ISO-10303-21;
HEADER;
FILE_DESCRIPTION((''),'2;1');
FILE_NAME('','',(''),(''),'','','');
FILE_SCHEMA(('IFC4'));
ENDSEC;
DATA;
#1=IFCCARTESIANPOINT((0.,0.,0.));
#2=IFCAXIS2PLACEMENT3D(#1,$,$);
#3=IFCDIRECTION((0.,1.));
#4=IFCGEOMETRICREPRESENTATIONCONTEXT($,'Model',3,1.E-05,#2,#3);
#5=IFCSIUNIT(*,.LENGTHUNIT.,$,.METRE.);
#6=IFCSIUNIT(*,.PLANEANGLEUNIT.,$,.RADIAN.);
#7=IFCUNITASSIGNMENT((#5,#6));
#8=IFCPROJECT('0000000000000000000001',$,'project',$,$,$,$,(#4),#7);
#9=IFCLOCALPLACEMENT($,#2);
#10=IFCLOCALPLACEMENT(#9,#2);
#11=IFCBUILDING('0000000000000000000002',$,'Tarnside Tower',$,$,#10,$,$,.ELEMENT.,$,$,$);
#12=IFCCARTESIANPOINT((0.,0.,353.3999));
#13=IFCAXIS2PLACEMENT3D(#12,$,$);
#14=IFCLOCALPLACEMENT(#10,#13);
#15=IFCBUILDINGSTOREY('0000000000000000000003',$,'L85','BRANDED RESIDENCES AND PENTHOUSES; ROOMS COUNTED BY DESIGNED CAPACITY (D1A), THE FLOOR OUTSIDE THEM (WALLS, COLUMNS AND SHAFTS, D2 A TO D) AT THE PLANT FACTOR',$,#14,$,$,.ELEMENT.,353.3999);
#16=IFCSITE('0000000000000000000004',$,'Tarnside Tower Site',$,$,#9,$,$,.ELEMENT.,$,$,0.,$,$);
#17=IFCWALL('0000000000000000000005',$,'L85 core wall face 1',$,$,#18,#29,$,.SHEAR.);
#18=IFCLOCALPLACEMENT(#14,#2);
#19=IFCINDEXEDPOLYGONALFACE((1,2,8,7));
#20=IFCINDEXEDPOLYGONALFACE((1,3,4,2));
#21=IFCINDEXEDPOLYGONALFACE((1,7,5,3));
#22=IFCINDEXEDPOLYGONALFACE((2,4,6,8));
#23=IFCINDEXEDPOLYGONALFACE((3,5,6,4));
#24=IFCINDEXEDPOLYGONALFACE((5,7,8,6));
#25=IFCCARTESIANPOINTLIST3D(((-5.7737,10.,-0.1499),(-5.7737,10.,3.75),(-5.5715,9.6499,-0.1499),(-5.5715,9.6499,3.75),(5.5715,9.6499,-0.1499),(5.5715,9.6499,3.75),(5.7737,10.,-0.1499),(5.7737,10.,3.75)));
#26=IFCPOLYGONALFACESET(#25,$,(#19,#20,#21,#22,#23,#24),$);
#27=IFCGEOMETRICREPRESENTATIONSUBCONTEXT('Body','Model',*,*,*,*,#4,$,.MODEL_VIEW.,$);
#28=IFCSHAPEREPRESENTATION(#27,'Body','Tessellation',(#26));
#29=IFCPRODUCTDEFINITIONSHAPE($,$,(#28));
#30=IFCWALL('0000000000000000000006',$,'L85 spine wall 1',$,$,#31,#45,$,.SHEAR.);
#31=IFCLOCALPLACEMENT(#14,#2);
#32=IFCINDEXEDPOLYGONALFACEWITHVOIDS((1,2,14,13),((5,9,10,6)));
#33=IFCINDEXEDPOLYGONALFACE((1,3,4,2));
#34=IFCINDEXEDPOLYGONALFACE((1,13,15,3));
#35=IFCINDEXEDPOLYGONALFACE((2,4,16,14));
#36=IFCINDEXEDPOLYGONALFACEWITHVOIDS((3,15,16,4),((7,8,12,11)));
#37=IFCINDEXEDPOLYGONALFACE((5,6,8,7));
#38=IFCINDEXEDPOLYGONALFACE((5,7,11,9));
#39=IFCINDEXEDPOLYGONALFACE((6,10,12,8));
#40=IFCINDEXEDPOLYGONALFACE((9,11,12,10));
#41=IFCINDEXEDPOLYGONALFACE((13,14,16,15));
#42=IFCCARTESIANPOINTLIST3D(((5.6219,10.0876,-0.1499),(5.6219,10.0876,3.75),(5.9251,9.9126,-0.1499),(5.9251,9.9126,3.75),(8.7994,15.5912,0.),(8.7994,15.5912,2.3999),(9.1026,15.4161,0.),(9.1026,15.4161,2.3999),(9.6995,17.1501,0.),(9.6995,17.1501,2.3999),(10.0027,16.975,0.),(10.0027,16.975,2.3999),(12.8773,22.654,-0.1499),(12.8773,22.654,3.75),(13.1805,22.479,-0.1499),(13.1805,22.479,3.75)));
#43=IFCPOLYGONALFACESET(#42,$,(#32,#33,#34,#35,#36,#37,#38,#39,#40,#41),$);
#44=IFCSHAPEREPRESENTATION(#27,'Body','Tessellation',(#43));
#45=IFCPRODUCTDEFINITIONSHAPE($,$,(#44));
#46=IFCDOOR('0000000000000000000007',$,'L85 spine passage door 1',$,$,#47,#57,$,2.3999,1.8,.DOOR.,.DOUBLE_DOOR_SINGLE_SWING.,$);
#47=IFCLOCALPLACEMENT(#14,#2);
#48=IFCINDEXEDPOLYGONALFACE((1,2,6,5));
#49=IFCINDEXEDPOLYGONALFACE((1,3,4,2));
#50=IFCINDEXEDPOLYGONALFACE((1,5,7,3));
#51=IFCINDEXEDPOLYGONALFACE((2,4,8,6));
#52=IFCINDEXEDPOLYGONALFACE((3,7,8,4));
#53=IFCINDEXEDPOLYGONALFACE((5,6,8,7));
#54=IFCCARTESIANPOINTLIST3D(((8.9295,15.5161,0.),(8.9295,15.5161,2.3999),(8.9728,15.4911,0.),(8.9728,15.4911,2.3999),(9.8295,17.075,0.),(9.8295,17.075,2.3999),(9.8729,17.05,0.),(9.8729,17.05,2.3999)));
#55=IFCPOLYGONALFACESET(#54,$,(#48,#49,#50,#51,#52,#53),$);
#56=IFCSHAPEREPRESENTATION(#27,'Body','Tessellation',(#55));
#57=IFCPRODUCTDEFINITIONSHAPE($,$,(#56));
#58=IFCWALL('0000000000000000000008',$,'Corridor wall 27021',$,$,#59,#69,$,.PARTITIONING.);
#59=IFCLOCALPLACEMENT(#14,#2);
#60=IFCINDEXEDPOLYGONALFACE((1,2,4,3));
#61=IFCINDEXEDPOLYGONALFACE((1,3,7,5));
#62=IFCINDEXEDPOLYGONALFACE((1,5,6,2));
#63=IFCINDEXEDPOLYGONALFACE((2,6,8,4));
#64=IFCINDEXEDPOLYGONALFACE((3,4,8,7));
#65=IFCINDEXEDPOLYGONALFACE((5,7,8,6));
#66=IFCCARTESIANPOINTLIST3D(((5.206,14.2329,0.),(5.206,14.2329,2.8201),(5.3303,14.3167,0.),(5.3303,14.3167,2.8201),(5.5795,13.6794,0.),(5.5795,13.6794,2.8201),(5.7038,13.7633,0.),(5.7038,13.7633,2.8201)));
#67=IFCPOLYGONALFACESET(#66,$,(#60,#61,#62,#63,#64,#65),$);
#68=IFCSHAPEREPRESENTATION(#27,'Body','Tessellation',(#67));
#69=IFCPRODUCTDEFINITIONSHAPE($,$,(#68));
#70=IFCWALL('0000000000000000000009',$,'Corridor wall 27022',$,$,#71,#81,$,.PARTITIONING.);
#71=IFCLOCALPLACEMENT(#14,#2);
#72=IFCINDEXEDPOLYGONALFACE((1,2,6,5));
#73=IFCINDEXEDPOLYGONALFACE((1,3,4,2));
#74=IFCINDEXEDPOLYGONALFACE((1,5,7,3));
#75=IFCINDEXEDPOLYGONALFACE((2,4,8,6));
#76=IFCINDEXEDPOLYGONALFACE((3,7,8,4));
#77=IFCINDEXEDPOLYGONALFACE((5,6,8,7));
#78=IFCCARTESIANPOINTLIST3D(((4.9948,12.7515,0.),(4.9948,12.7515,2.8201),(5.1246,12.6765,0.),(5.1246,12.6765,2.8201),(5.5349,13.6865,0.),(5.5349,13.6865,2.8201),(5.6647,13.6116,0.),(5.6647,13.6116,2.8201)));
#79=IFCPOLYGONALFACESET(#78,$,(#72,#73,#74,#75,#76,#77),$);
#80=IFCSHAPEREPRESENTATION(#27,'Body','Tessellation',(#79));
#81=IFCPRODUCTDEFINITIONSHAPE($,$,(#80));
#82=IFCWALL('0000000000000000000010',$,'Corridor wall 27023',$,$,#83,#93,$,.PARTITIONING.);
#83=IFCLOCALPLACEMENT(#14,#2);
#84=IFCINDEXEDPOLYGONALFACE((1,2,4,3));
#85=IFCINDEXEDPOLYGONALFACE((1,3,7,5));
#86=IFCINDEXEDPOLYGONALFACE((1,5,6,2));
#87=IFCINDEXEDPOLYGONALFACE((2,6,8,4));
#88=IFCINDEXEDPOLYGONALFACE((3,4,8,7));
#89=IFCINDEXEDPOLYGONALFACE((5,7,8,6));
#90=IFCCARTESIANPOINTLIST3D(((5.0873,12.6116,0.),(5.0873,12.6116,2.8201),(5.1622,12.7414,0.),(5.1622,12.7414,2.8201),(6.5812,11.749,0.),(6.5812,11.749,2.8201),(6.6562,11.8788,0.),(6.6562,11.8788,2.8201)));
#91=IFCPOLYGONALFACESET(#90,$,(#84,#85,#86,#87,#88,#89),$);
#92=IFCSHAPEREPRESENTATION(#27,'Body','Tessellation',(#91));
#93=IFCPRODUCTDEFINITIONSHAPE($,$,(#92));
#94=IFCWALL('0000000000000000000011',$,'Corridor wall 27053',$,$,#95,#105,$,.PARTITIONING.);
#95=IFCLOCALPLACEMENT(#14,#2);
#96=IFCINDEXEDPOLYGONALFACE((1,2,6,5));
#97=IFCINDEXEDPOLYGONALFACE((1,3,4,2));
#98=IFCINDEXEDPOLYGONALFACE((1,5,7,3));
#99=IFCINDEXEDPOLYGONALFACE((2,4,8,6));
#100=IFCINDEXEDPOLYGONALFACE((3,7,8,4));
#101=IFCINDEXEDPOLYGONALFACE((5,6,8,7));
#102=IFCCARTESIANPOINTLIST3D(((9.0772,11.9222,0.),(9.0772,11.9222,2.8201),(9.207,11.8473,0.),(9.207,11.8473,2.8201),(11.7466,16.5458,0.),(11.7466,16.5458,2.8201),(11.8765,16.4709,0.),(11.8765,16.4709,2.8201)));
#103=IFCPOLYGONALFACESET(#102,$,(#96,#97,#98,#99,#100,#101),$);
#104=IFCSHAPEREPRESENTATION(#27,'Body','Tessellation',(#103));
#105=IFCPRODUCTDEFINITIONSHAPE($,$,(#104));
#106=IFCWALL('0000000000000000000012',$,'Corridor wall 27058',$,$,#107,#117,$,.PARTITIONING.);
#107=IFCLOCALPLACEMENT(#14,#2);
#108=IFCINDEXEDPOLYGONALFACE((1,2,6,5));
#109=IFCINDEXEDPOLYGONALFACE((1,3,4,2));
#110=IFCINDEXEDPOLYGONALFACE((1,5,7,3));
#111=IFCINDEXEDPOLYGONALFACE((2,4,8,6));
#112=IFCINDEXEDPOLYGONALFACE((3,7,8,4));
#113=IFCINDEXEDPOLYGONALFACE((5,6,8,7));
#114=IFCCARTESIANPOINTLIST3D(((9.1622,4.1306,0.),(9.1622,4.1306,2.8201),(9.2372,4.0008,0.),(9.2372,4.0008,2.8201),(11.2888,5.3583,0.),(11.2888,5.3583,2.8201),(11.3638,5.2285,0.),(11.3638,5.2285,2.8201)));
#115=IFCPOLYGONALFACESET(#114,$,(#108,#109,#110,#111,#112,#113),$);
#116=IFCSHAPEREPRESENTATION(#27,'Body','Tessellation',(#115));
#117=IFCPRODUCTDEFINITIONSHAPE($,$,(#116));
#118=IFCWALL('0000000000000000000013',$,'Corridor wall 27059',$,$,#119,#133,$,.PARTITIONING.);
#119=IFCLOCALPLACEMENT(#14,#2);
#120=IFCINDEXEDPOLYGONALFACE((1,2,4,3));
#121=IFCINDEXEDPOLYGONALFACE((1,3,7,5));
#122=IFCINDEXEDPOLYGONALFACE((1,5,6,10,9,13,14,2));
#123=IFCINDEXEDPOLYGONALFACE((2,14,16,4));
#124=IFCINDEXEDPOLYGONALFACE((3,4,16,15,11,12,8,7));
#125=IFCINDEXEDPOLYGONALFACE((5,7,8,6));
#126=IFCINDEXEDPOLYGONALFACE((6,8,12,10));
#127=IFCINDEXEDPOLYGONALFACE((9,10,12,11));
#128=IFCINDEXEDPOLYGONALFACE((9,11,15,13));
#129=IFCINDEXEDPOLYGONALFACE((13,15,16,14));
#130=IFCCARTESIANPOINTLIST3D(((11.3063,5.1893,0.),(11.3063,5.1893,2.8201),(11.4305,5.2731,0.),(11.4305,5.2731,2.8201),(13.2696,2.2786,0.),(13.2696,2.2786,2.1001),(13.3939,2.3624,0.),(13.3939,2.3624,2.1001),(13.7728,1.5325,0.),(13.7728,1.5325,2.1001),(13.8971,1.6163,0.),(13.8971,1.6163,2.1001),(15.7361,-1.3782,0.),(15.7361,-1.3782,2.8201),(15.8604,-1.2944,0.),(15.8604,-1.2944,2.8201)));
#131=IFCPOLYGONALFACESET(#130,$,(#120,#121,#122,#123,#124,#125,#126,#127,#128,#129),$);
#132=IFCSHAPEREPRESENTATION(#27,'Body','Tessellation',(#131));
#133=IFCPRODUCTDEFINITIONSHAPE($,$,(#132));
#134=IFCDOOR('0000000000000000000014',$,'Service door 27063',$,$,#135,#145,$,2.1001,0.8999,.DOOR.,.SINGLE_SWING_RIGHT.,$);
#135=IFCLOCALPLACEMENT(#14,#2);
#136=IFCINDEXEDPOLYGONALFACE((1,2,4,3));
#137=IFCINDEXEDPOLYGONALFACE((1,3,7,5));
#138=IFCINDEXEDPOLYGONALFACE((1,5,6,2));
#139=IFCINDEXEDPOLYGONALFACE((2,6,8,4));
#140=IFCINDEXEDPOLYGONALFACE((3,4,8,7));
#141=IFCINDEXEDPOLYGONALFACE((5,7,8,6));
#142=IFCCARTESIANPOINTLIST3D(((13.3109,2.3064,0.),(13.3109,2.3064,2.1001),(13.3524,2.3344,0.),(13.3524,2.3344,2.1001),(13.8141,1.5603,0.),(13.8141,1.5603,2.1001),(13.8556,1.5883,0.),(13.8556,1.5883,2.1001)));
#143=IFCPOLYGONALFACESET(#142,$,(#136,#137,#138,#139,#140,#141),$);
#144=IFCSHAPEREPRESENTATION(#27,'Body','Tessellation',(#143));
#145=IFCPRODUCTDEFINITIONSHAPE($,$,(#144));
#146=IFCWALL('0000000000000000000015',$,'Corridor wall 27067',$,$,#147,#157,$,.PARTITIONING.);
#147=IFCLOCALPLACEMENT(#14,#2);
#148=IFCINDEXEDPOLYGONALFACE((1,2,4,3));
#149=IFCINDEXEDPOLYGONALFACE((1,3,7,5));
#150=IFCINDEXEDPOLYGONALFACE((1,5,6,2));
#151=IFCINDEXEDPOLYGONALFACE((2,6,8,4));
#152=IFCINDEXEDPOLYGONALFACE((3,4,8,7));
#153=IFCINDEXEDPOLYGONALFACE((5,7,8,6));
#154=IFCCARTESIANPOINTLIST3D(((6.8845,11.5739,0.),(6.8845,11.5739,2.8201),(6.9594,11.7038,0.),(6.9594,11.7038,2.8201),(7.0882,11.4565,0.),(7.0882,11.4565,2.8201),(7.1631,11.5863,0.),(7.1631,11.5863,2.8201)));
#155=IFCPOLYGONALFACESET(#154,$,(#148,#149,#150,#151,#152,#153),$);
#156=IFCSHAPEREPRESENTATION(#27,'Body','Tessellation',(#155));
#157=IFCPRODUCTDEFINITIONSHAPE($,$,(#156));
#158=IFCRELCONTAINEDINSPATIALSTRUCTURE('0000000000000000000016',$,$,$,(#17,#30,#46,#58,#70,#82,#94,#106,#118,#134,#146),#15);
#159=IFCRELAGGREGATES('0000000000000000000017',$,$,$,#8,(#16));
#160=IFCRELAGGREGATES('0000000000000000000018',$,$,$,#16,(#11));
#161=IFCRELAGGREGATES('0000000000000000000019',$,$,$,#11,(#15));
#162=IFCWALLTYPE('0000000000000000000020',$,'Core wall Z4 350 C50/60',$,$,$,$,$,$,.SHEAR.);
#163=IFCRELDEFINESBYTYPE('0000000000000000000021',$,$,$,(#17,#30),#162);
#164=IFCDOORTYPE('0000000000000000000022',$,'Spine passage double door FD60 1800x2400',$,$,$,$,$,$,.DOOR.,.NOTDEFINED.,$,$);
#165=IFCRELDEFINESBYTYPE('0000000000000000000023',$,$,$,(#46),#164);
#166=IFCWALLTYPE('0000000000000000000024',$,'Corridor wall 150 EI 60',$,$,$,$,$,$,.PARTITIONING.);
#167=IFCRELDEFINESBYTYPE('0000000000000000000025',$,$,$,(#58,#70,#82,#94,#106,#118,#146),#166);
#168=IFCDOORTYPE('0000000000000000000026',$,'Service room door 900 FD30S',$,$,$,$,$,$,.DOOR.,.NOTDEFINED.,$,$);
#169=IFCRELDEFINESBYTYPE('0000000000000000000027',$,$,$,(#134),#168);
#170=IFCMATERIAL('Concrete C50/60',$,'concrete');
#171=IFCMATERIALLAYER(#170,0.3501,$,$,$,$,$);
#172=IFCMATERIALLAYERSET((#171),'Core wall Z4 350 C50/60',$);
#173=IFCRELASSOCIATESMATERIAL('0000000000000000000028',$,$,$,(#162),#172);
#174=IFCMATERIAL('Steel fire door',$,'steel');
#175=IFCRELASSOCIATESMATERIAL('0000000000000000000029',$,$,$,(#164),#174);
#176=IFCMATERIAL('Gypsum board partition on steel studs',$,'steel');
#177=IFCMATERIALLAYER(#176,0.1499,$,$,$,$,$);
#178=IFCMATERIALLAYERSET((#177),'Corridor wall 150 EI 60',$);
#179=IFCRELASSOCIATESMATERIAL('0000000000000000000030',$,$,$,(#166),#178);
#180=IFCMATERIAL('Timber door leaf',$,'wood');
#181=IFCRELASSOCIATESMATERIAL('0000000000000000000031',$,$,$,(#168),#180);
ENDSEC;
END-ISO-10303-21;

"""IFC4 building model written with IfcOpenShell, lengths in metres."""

from ifc_helpers import new_model, si_unit, direction, frame, frame_2d, origin, place, context, subcontext, project, spatial, polyline, rectangle, outline, extrude, material, layer, layer_set, type_object, element, fill, save


model = new_model("IFC4")

# Units and contexts
model_context = context("Model", 3, precision=1e-05, world=origin(), true_north=direction((0.0, 1.0)))
body_context = subcontext(model_context, "Body", "Model", "MODEL_VIEW")
ifc_project = project(units=[si_unit("LENGTHUNIT", "METRE"), si_unit("PLANEANGLEUNIT", "RADIAN")], contexts=[model_context])

# Site, building, storey
site_placement = place(None, origin())
site = spatial("IfcSite", under=ifc_project, at=site_placement, Name="Tarnside Tower Site", CompositionType="ELEMENT", RefElevation=0.0)
building_placement = place(site_placement, origin())
building = spatial("IfcBuilding", under=site, at=building_placement, Name="Tarnside Tower", CompositionType="ELEMENT")
storey_placement = place(building_placement, frame((0.0, 0.0, 353.3999)))
storey = spatial("IfcBuildingStorey", under=building, at=storey_placement, Name="L85", Description="BRANDED RESIDENCES AND PENTHOUSES; ROOMS COUNTED BY DESIGNED CAPACITY (D1A), THE FLOOR OUTSIDE THEM (WALLS, COLUMNS AND SHAFTS, D2 A TO D) AT THE PLANT FACTOR", CompositionType="ELEMENT", Elevation=353.3999)

# Wall
ifc_material_1 = material(Name="Concrete C50/60", Category="concrete")
ifc_layer_1 = layer(ifc_material_1, 0.3501)
ifc_layer_set_1 = layer_set([ifc_layer_1], Name="Core wall Z4 350 C50/60")
wall_type_1 = type_object("IfcWallType", Name="Core wall Z4 350 C50/60", PredefinedType="SHEAR", material=ifc_layer_set_1)
wall_1_placement = place(storey_placement, frame((5.6726, 9.825, -0.1499), z_axis=(0.0, 0.0, 1.0), x_axis=(-1.0, 0.0, 0.0)))
element("IfcWall", 1, at=wall_1_placement, inside=storey, type_object=wall_type_1, Name="L85 core wall face 1", PredefinedType="SHEAR", context=body_context, shape_type="SweptSolid", body=[
    extrude(outline(polyline([(-0.1011, -0.175), (11.4463, -0.175), (11.2441, 0.175), (0.1011, 0.175), (-0.1011, -0.175)])), origin(), (0.0, 0.0, 1.0), 3.8999),
])

# Wall, opening, door
wall_2_placement = place(storey_placement, frame((5.7734, 10.0, -0.1499), z_axis=(0.0, 0.0, 1.0), x_axis=(0.500008, 0.866021, 0.0)))
wall_2 = element("IfcWall", 2, at=wall_2_placement, inside=storey, type_object=wall_type_1, Name="L85 spine wall 1", PredefinedType="SHEAR", context=body_context, shape_type="SweptSolid", body=[
    extrude(rectangle(XDim=14.5105, YDim=0.3501, at=frame_2d((7.2554, 0.0))), origin(), (0.0, 0.0, 1.0), 3.8999),
])
opening_1_placement = place(wall_2_placement, frame((6.3552, 0.0, 0.1499)))
opening_1 = element("IfcOpeningElement", 3, at=opening_1_placement, cuts=wall_2, PredefinedType="OPENING", context=body_context, shape_type="SweptSolid", body=[
    extrude(rectangle(XDim=1.8, YDim=2.3999, at=frame_2d((0.8999, 1.2))), frame((0.0, 0.1851, 0.0), z_axis=(0.0, -1.0, 0.0), x_axis=(1.0, 0.0, 0.0)), (0.0, 0.0, 1.0), 0.3701),
])
ifc_material_2 = material(Name="Steel fire door", Category="steel")
door_type_1 = type_object("IfcDoorType", Name="Spine passage double door FD60 1800x2400", OperationType="NOTDEFINED", PredefinedType="DOOR", material=ifc_material_2)
door_1_placement = place(opening_1_placement, origin())
door_1 = element("IfcDoor", 4, at=door_1_placement, inside=storey, type_object=door_type_1, Name="L85 spine passage door 1", OperationType="DOUBLE_DOOR_SINGLE_SWING", OverallHeight=2.3999, OverallWidth=1.8, PredefinedType="DOOR", context=body_context, shape_type="SweptSolid", body=[
    extrude(rectangle(XDim=1.8, YDim=2.3999, at=frame_2d((0.8999, 1.2))), frame((0.0, 0.0249, 0.0), z_axis=(0.0, -1.0, 0.0), x_axis=(1.0, 0.0, 0.0)), (0.0, 0.0, 1.0), 0.05),
])
fill(opening_1, door_1)

# Walls
ifc_material_3 = material(Name="Gypsum board partition on steel studs", Category="steel")
ifc_layer_2 = layer(ifc_material_3, 0.1499)
ifc_layer_set_2 = layer_set([ifc_layer_2], Name="Corridor wall 150 EI 60")
wall_type_2 = type_object("IfcWallType", Name="Corridor wall 150 EI 60", PredefinedType="PARTITIONING", material=ifc_layer_set_2)
wall_3_placement = place(storey_placement, frame((5.2681, 14.2749, 0.0), z_axis=(0.0, 0.0, 1.0), x_axis=(0.559416, -0.828887, 0.0)))
element("IfcWall", 5, at=wall_3_placement, inside=storey, type_object=wall_type_2, Name="Corridor wall 27021", PredefinedType="PARTITIONING", context=body_context, shape_type="SweptSolid", body=[
    extrude(rectangle(XDim=0.6677, YDim=0.1499, at=frame_2d((0.334, 0.0))), origin(), (0.0, 0.0, 1.0), 2.8201),
])
wall_4_placement = place(storey_placement, frame((5.5999, 13.6492, 0.0), z_axis=(0.0, 0.0, 1.0), x_axis=(-0.500127, -0.865952, 0.0)))
element("IfcWall", 6, at=wall_4_placement, inside=storey, type_object=wall_type_2, Name="Corridor wall 27022", PredefinedType="PARTITIONING", context=body_context, shape_type="SweptSolid", body=[
    extrude(rectangle(XDim=1.0798, YDim=0.1499, at=frame_2d((0.54, 0.0))), origin(), (0.0, 0.0, 1.0), 2.8201),
])
wall_5_placement = place(storey_placement, frame((5.1248, 12.6765, 0.0), z_axis=(0.0, 0.0, 1.0), x_axis=(0.866014, -0.500021, 0.0)))
element("IfcWall", 7, at=wall_5_placement, inside=storey, type_object=wall_type_2, Name="Corridor wall 27023", PredefinedType="PARTITIONING", context=body_context, shape_type="SweptSolid", body=[
    extrude(rectangle(XDim=1.7251, YDim=0.1499, at=frame_2d((0.8625, 0.0))), origin(), (0.0, 0.0, 1.0), 2.8201),
])
wall_6_placement = place(storey_placement, frame((9.1421, 11.8848, 0.0), z_axis=(0.0, 0.0, 1.0), x_axis=(0.500005, 0.866023, 0.0)))
element("IfcWall", 8, at=wall_6_placement, inside=storey, type_object=wall_type_2, Name="Corridor wall 27053", PredefinedType="PARTITIONING", context=body_context, shape_type="SweptSolid", body=[
    extrude(rectangle(XDim=5.3389, YDim=0.1499, at=frame_2d((2.6694, 0.0))), origin(), (0.0, 0.0, 1.0), 2.8201),
])
wall_7_placement = place(storey_placement, frame((9.1997, 4.0657, 0.0), z_axis=(0.0, 0.0, 1.0), x_axis=(0.866038, 0.499978, 0.0)))
element("IfcWall", 9, at=wall_7_placement, inside=storey, type_object=wall_type_2, Name="Corridor wall 27058", PredefinedType="PARTITIONING", context=body_context, shape_type="SweptSolid", body=[
    extrude(rectangle(XDim=2.4556, YDim=0.1499, at=frame_2d((1.2278, 0.0))), origin(), (0.0, 0.0, 1.0), 2.8201),
])

# Wall, opening, door
wall_8_placement = place(storey_placement, frame((11.3684, 5.2312, 0.0), z_axis=(0.0, 0.0, 1.0), x_axis=(0.559194, -0.829037, 0.0)))
wall_8 = element("IfcWall", 10, at=wall_8_placement, inside=storey, type_object=wall_type_2, Name="Corridor wall 27059", PredefinedType="PARTITIONING", context=body_context, shape_type="SweptSolid", body=[
    extrude(rectangle(XDim=7.9219, YDim=0.1499, at=frame_2d((3.9609, 0.0))), origin(), (0.0, 0.0, 1.0), 2.8201),
])
opening_2_placement = place(wall_8_placement, frame((3.511, 0.0, 0.0)))
opening_2 = element("IfcOpeningElement", 11, at=opening_2_placement, cuts=wall_8, PredefinedType="OPENING", context=body_context, shape_type="SweptSolid", body=[
    extrude(rectangle(XDim=0.8999, YDim=2.1001, at=frame_2d((0.45, 1.05))), frame((0.0, 0.085, 0.0), z_axis=(0.0, -1.0, 0.0), x_axis=(1.0, 0.0, 0.0)), (0.0, 0.0, 1.0), 0.1699),
])
ifc_material_4 = material(Name="Timber door leaf", Category="wood")
door_type_2 = type_object("IfcDoorType", Name="Service room door 900 FD30S", OperationType="NOTDEFINED", PredefinedType="DOOR", material=ifc_material_4)
door_2_placement = place(opening_2_placement, origin())
door_2 = element("IfcDoor", 12, at=door_2_placement, inside=storey, type_object=door_type_2, Name="Service door 27063", OperationType="SINGLE_SWING_RIGHT", OverallHeight=2.1001, OverallWidth=0.8999, PredefinedType="DOOR", context=body_context, shape_type="SweptSolid", body=[
    extrude(rectangle(XDim=0.8999, YDim=2.1001, at=frame_2d((0.45, 1.05))), frame((0.0, 0.0249, 0.0), z_axis=(0.0, -1.0, 0.0), x_axis=(1.0, 0.0, 0.0)), (0.0, 0.0, 1.0), 0.05),
])
fill(opening_2, door_2)

# Wall
wall_9_placement = place(storey_placement, frame((6.9219, 11.6389, 0.0), z_axis=(0.0, 0.0, 1.0), x_axis=(0.866255, -0.499603, 0.0)))
element("IfcWall", 13, at=wall_9_placement, inside=storey, type_object=wall_type_2, Name="Corridor wall 27067", PredefinedType="PARTITIONING", context=body_context, shape_type="SweptSolid", body=[
    extrude(rectangle(XDim=0.2351, YDim=0.1499, at=frame_2d((0.1177, 0.0))), origin(), (0.0, 0.0, 1.0), 2.8201),
])

save(model, "model.ifc")
